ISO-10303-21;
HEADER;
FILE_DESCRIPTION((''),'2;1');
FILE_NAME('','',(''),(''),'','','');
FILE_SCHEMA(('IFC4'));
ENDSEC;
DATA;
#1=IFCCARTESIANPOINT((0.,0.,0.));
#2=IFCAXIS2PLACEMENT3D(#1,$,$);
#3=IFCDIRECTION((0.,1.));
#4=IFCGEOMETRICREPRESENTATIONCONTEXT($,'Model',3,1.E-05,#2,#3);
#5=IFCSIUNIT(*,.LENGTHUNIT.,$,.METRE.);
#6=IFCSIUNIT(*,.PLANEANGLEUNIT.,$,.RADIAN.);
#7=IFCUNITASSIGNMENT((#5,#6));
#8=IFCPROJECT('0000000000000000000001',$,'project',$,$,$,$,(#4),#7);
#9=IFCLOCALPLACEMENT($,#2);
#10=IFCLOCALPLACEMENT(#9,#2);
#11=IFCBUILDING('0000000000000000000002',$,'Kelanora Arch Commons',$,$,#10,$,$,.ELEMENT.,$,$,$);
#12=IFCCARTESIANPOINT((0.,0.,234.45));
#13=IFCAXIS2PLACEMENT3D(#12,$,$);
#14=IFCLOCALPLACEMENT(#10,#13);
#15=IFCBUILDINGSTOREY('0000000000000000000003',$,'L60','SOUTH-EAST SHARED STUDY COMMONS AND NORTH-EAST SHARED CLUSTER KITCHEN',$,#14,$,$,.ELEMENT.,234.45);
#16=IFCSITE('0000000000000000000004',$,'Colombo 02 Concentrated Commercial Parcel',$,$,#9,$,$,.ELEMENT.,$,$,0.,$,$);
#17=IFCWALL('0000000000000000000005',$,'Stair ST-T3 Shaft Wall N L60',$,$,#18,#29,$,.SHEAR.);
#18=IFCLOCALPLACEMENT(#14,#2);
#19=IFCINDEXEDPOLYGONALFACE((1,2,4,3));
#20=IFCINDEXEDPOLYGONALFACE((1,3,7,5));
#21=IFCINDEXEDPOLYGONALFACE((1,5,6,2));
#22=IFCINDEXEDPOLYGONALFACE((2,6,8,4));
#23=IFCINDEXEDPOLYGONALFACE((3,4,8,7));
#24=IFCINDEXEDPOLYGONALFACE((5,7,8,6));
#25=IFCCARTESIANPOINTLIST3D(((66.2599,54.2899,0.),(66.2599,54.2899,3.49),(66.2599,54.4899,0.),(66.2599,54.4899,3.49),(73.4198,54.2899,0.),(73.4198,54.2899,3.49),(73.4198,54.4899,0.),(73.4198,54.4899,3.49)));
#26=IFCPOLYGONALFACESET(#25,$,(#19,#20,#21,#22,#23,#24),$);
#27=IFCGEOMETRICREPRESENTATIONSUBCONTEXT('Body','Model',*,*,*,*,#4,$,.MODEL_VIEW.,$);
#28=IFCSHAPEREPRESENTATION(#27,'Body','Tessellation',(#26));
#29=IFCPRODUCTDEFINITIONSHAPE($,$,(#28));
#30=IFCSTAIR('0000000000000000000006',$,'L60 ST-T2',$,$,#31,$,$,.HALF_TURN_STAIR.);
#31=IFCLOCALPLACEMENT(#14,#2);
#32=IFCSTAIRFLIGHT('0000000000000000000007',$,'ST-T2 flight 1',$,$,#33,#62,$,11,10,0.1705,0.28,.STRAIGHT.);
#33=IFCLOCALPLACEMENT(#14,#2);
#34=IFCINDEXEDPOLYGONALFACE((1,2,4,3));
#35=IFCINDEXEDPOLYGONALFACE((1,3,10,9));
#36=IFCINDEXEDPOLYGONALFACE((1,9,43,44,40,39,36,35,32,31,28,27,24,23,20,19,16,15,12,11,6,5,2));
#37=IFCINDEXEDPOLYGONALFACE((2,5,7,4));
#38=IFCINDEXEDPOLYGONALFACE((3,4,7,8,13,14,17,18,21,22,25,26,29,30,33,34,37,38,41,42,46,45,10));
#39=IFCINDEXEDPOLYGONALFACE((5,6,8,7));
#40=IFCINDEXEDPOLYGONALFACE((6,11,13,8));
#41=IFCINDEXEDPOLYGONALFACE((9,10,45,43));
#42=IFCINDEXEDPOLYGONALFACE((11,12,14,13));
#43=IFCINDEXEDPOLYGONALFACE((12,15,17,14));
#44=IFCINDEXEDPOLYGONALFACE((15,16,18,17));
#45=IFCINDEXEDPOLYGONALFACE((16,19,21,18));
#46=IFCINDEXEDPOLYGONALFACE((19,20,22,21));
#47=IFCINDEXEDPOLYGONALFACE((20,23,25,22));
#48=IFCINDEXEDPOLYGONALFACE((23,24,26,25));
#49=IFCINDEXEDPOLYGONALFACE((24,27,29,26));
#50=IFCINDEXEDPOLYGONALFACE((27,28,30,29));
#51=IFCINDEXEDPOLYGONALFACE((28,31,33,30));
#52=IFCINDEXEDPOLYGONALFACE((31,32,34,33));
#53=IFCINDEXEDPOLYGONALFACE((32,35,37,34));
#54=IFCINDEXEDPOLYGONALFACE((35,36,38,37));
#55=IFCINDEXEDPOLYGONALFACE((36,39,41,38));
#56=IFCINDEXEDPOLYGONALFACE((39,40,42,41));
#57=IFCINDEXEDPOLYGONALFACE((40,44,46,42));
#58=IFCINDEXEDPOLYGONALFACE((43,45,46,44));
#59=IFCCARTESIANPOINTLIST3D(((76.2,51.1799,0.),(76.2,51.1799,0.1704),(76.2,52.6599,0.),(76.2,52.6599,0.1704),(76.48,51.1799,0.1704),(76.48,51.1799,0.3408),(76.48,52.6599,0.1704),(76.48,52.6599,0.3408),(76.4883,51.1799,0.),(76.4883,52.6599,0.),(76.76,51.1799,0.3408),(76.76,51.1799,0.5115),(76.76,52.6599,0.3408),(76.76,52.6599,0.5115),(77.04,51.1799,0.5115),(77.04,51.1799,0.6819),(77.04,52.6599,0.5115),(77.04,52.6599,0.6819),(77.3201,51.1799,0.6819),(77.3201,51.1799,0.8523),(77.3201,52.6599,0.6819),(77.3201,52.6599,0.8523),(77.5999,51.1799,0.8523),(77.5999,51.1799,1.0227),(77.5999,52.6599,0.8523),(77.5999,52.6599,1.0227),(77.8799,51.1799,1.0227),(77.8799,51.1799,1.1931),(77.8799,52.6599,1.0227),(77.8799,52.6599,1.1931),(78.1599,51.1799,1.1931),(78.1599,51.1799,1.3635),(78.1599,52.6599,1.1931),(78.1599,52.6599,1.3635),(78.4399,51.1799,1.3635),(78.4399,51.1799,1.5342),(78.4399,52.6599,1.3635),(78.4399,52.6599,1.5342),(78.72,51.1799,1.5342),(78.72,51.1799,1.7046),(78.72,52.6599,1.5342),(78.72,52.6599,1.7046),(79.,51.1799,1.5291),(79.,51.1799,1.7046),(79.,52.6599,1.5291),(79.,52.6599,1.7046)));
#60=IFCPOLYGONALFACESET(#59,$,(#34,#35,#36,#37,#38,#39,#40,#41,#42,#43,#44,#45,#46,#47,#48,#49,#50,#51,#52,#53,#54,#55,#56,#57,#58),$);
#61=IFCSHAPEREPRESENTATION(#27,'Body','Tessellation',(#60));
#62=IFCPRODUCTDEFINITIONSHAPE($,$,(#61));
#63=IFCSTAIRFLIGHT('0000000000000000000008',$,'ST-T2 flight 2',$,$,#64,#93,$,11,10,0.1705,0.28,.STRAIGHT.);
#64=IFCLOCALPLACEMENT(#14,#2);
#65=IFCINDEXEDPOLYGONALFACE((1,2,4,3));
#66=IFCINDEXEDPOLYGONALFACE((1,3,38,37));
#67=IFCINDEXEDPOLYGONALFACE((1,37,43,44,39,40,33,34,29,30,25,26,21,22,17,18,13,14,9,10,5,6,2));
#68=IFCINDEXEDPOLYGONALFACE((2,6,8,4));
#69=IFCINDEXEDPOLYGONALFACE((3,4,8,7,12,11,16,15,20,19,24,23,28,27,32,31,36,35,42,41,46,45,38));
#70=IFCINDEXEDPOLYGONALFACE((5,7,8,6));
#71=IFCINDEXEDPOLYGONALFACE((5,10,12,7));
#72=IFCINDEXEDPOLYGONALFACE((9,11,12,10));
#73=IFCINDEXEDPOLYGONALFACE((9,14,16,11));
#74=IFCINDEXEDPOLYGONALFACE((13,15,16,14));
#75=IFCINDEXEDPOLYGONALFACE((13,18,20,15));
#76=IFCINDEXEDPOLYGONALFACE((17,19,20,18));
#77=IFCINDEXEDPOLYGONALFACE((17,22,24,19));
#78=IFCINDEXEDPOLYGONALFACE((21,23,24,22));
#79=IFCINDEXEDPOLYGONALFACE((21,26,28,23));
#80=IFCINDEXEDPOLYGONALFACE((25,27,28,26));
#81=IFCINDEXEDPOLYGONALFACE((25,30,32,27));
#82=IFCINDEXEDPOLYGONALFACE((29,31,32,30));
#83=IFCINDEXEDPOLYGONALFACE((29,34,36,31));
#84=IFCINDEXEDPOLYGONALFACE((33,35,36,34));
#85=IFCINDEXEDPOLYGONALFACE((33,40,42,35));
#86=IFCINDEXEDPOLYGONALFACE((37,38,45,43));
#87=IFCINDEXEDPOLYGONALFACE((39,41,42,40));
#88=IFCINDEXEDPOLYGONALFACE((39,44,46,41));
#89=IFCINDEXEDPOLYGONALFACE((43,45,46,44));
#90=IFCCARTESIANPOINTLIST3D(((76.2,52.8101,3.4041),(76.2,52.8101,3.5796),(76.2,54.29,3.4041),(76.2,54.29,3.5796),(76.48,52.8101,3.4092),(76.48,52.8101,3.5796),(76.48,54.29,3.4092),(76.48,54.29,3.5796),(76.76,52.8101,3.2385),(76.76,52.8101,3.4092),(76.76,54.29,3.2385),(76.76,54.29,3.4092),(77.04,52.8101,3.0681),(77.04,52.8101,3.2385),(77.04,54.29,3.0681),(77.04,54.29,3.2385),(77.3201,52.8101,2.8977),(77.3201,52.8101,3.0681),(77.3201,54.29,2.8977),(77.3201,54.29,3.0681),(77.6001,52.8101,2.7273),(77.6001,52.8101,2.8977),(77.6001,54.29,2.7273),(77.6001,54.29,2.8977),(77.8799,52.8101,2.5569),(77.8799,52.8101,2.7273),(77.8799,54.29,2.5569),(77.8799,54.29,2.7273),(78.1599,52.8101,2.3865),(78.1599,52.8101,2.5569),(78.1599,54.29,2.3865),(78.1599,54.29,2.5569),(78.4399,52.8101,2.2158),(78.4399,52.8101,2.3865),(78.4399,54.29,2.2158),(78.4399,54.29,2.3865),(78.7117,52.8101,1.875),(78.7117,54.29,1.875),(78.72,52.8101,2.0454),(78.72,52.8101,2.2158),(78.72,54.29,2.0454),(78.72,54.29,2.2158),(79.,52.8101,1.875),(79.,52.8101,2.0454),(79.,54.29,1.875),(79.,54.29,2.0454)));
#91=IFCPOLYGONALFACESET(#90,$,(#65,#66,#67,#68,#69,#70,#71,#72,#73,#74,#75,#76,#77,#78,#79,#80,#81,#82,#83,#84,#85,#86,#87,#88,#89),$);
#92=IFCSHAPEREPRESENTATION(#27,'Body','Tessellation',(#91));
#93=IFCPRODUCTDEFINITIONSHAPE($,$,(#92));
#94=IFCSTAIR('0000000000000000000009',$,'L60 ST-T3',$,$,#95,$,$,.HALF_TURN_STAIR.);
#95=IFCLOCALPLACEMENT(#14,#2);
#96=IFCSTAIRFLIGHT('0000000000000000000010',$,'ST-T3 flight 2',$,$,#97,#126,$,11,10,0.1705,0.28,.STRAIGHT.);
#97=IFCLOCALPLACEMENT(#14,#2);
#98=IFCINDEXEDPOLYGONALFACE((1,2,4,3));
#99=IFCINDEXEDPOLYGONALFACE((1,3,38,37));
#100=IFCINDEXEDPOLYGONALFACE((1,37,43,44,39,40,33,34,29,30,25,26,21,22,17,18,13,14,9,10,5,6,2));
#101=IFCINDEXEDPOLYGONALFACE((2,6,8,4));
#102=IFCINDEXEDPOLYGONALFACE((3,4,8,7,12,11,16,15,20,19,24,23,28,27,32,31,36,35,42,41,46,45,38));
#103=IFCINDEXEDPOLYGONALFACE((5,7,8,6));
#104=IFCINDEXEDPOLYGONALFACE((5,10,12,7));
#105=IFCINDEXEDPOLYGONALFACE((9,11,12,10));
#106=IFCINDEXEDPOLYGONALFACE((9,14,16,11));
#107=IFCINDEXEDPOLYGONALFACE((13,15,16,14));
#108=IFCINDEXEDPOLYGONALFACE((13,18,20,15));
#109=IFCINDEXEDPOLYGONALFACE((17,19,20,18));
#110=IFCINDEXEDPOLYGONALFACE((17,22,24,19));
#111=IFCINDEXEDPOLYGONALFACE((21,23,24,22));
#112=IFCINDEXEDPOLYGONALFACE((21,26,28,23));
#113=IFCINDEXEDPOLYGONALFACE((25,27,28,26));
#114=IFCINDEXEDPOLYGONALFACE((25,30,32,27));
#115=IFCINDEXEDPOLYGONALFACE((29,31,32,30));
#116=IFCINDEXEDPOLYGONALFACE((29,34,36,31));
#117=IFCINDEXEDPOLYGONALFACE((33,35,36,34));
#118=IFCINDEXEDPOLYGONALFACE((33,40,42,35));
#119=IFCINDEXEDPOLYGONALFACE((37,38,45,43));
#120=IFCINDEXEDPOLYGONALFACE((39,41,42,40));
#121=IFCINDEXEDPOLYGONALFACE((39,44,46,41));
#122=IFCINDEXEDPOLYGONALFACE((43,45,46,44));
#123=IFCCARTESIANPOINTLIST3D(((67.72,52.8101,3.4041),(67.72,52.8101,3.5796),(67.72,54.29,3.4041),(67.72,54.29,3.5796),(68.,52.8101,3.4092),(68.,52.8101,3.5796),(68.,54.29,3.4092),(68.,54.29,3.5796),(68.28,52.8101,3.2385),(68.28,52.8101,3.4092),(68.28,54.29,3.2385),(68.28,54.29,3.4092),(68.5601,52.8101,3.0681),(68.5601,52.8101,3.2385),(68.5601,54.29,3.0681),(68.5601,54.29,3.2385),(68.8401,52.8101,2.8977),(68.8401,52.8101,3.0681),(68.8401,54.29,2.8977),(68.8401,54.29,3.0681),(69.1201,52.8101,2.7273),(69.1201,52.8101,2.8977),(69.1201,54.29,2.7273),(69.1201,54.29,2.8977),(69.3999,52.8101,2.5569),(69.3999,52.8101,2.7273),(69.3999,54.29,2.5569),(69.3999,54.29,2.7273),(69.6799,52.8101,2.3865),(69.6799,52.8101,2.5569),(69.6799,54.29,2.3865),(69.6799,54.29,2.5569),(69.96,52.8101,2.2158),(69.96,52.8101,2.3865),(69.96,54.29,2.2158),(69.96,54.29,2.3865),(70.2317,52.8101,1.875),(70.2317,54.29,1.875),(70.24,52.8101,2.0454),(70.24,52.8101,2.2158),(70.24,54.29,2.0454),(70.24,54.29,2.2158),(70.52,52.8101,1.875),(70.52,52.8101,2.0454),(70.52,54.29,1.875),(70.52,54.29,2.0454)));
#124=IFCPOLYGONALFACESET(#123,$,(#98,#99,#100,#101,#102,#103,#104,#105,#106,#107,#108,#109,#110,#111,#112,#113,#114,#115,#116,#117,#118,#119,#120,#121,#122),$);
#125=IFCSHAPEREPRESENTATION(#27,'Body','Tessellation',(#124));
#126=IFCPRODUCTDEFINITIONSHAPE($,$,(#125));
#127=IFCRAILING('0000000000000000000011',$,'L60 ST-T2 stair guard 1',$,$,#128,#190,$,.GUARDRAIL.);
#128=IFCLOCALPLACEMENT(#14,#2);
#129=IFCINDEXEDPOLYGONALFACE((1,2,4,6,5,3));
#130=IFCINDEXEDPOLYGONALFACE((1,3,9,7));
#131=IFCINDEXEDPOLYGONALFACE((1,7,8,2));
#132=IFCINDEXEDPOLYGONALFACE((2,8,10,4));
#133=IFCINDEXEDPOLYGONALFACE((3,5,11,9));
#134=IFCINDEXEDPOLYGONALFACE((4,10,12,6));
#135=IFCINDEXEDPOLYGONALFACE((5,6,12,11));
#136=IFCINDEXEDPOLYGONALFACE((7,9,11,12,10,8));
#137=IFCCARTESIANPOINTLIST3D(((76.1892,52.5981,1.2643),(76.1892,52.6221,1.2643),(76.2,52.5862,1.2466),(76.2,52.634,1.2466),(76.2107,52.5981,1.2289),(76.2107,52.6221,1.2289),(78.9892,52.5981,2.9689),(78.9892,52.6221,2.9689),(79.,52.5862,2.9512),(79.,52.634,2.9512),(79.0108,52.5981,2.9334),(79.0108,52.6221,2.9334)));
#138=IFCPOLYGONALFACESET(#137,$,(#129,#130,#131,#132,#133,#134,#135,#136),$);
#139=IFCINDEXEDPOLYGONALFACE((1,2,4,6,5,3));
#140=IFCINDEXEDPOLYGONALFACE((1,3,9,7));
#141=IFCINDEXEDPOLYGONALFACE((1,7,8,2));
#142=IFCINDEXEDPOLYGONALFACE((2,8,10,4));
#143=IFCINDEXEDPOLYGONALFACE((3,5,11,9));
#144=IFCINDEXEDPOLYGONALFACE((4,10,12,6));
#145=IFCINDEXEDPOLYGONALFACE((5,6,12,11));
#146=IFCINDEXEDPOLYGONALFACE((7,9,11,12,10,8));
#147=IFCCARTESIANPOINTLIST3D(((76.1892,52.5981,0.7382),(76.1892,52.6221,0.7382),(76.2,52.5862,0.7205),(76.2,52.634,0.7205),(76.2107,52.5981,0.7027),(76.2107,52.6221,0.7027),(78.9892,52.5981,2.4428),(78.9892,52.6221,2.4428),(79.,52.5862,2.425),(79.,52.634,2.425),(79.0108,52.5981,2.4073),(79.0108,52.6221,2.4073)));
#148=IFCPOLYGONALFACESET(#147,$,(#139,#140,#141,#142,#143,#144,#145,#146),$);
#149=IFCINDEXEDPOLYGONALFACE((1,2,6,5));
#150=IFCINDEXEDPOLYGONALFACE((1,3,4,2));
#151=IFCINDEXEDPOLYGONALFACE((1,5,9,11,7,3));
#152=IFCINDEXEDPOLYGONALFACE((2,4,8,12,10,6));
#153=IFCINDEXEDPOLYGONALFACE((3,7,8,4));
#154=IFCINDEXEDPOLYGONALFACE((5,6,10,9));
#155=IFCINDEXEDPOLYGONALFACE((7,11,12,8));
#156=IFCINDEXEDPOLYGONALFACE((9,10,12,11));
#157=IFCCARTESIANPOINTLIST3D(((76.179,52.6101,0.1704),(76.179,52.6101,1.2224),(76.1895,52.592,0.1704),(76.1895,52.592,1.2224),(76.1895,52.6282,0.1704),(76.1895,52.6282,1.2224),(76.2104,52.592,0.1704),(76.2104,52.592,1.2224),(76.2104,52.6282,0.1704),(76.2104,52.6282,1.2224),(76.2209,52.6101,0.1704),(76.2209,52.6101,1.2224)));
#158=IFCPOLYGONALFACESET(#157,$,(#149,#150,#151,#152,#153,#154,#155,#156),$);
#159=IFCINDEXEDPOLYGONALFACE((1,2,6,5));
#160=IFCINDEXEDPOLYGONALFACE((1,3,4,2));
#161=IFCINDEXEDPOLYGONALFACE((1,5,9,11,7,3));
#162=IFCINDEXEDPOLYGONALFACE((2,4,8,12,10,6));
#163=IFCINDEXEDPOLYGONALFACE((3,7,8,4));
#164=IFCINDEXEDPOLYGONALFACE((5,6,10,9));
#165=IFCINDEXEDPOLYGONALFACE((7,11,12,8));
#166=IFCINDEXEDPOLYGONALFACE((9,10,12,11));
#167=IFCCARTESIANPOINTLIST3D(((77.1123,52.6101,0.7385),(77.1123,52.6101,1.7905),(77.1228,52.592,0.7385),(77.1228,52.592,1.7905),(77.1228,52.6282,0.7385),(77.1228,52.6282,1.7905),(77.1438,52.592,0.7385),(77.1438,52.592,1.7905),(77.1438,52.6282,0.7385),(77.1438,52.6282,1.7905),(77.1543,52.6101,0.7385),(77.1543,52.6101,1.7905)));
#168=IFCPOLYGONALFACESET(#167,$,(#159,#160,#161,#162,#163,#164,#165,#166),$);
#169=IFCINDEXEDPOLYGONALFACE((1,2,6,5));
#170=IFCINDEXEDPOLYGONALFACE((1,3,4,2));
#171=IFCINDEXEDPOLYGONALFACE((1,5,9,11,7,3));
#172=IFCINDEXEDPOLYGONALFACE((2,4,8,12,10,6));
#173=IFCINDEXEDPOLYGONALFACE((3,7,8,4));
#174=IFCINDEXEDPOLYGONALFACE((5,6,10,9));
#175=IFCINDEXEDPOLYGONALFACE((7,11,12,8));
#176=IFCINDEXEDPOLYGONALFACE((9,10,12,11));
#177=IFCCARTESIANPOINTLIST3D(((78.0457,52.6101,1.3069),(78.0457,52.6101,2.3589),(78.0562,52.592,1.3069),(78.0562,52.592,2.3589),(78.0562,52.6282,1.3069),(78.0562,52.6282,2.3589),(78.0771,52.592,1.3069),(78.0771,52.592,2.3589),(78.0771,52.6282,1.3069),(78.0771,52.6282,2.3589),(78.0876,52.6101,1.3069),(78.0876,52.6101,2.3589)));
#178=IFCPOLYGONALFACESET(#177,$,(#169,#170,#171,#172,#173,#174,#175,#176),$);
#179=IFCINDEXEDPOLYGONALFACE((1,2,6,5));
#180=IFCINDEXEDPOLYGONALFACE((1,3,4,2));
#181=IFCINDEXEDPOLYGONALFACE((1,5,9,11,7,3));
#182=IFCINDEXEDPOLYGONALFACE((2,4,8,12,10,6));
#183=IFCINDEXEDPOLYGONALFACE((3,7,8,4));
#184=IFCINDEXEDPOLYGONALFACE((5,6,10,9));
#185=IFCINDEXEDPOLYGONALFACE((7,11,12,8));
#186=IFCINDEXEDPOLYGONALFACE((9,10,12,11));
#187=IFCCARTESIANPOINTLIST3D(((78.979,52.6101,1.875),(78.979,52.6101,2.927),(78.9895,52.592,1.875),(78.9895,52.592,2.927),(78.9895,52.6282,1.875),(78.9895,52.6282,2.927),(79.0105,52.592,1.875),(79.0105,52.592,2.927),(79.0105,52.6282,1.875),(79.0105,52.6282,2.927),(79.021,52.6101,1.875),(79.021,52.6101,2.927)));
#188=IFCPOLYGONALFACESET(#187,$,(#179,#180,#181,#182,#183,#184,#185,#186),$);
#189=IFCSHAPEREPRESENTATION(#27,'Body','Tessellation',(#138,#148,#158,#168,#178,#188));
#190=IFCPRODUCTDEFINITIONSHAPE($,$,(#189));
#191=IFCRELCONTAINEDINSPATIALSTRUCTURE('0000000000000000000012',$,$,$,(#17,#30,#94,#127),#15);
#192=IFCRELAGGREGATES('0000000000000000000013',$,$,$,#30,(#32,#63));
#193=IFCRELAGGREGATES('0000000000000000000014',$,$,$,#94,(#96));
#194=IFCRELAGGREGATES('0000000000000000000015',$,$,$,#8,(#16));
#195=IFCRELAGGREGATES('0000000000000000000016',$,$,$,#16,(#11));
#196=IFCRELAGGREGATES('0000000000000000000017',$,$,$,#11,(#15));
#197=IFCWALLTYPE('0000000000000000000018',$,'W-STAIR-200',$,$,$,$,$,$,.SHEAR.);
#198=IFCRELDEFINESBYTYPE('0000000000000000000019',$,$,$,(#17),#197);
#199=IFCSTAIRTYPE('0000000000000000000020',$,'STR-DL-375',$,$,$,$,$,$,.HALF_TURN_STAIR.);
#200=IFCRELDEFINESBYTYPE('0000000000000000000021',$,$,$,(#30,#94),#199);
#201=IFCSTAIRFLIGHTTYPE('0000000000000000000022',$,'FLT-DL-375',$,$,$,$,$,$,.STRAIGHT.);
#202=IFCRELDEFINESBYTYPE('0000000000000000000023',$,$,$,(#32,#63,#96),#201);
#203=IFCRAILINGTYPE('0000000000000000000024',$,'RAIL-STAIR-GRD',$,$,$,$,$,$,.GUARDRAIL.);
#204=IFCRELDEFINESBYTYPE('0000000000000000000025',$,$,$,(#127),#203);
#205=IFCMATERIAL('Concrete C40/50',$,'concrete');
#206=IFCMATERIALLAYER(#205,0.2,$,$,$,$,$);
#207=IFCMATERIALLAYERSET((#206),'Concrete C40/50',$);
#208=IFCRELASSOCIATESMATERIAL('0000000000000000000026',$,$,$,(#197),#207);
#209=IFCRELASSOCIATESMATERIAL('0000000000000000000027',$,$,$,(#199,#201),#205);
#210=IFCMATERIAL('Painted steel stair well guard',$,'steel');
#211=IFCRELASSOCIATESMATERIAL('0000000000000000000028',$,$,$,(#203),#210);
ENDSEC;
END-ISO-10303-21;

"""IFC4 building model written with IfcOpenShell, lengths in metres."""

from ifc_helpers import new_model, si_unit, direction, frame, frame_2d, origin, place, context, subcontext, project, spatial, polyline, rectangle, outline, extrude, material, layer, layer_set, type_object, element, aggregate, save


model = new_model("IFC4")

# Units and contexts
model_context = context("Model", 3, precision=1e-05, world=origin(), true_north=direction((0.0, 1.0)))
body_context = subcontext(model_context, "Body", "Model", "MODEL_VIEW")
ifc_project = project(units=[si_unit("LENGTHUNIT", "METRE"), si_unit("PLANEANGLEUNIT", "RADIAN")], contexts=[model_context])

# Site, building, storey
site_placement = place(None, origin())
site = spatial("IfcSite", under=ifc_project, at=site_placement, Name="Colombo 02 Concentrated Commercial Parcel", CompositionType="ELEMENT", RefElevation=0.0)
building_placement = place(site_placement, origin())
building = spatial("IfcBuilding", under=site, at=building_placement, Name="Kelanora Arch Commons", CompositionType="ELEMENT")
storey_placement = place(building_placement, frame((0.0, 0.0, 234.45)))
storey = spatial("IfcBuildingStorey", under=building, at=storey_placement, Name="L60", Description="SOUTH-EAST SHARED STUDY COMMONS AND NORTH-EAST SHARED CLUSTER KITCHEN", CompositionType="ELEMENT", Elevation=234.45)

# Shared definitions
ifc_material_1 = material(Name="Concrete C40/50", Category="concrete")
ifc_layer_1 = layer(ifc_material_1, 0.2)
ifc_layer_set_1 = layer_set([ifc_layer_1], Name="Concrete C40/50")
wall_type_1 = type_object("IfcWallType", Name="W-STAIR-200", PredefinedType="SHEAR", material=ifc_layer_set_1)

# Wall
wall_1_placement = place(storey_placement, frame((73.4199, 54.3899, 0.0), z_axis=(0.0, 0.0, 1.0), x_axis=(-1.0, 0.0, 0.0)))
element("IfcWall", 1, at=wall_1_placement, inside=storey, type_object=wall_type_1, Name="Stair ST-T3 Shaft Wall N L60", PredefinedType="SHEAR", context=body_context, shape_type="SweptSolid", body=[
    extrude(rectangle(XDim=7.1599, YDim=0.2, at=frame_2d((3.5801, 0.0))), origin(), (0.0, 0.0, 1.0), 3.49),
])

# Stair, stair flights
stair_type = type_object("IfcStairType", Name="STR-DL-375", PredefinedType="HALF_TURN_STAIR", material=ifc_material_1)
stair_1_placement = place(storey_placement, origin())
stair_1 = element("IfcStair", 2, at=stair_1_placement, inside=storey, type_object=stair_type, Name="L60 ST-T2", PredefinedType="HALF_TURN_STAIR")
stair_flight_type = type_object("IfcStairFlightType", Name="FLT-DL-375", PredefinedType="STRAIGHT", material=ifc_material_1)
stair_flight_1_placement = place(storey_placement, frame((76.2, 51.9199, 0.0), z_axis=(0.0, 0.0, 1.0), x_axis=(1.0, 0.0, 0.0)))
stair_flight_1 = element("IfcStairFlight", 3, at=stair_flight_1_placement, type_object=stair_flight_type, Name="ST-T2 flight 1", NumberOfRisers=11, NumberOfTreads=10, PredefinedType="STRAIGHT", RiserHeight=0.1705, TreadLength=0.28, context=body_context, shape_type="SweptSolid", body=[
    extrude(outline(polyline([(0.0, 0.0), (0.0, 0.1704), (0.28, 0.1704), (0.28, 0.3408), (0.5601, 0.3408), (0.5601, 0.5115), (0.8401, 0.5115), (0.8401, 0.6819), (1.1201, 0.6819), (1.1201, 0.8523), (1.3999, 0.8523), (1.3999, 1.0227), (1.6799, 1.0227), (1.6799, 1.1931), (1.96, 1.1931), (1.96, 1.3635), (2.24, 1.3635), (2.24, 1.5342), (2.52, 1.5342), (2.52, 1.7046), (2.8, 1.7046), (2.8, 1.875), (2.8, 1.5291), (0.2883, 0.0), (0.0, 0.0)])), frame((0.0, 0.74, 0.0), z_axis=(0.0, -1.0, 0.0), x_axis=(1.0, 0.0, 0.0)), (0.0, 0.0, 1.0), 1.48),
])
stair_flight_2_placement = place(storey_placement, frame((79.0, 53.55, 1.875), z_axis=(0.0, 0.0, 1.0), x_axis=(-1.0, 0.0, 0.0)))
stair_flight_2 = element("IfcStairFlight", 4, at=stair_flight_2_placement, type_object=stair_flight_type, Name="ST-T2 flight 2", NumberOfRisers=11, NumberOfTreads=10, PredefinedType="STRAIGHT", RiserHeight=0.1705, TreadLength=0.28, context=body_context, shape_type="SweptSolid", body=[
    extrude(outline(polyline([(0.0, 0.0), (0.0, 0.1704), (0.28, 0.1704), (0.28, 0.3408), (0.5601, 0.3408), (0.5601, 0.5115), (0.8401, 0.5115), (0.8401, 0.6819), (1.1201, 0.6819), (1.1201, 0.8523), (1.3999, 0.8523), (1.3999, 1.0227), (1.6799, 1.0227), (1.6799, 1.1931), (1.96, 1.1931), (1.96, 1.3635), (2.24, 1.3635), (2.24, 1.5342), (2.52, 1.5342), (2.52, 1.7046), (2.8, 1.7046), (2.8, 1.875), (2.8, 1.5291), (0.2883, 0.0), (0.0, 0.0)])), frame((0.0, 0.74, 0.0), z_axis=(0.0, -1.0, 0.0), x_axis=(1.0, 0.0, 0.0)), (0.0, 0.0, 1.0), 1.48),
])
aggregate(stair_1, [stair_flight_1, stair_flight_2])

# Stair, stair flight
stair_2_placement = place(storey_placement, origin())
stair_2 = element("IfcStair", 5, at=stair_2_placement, inside=storey, type_object=stair_type, Name="L60 ST-T3", PredefinedType="HALF_TURN_STAIR")
stair_flight_3_placement = place(storey_placement, frame((70.52, 53.55, 1.875), z_axis=(0.0, 0.0, 1.0), x_axis=(-1.0, 0.0, 0.0)))
stair_flight_3 = element("IfcStairFlight", 6, at=stair_flight_3_placement, type_object=stair_flight_type, Name="ST-T3 flight 2", NumberOfRisers=11, NumberOfTreads=10, PredefinedType="STRAIGHT", RiserHeight=0.1705, TreadLength=0.28, context=body_context, shape_type="SweptSolid", body=[
    extrude(outline(polyline([(0.0, 0.0), (0.0, 0.1704), (0.28, 0.1704), (0.28, 0.3408), (0.5601, 0.3408), (0.5601, 0.5115), (0.8401, 0.5115), (0.8401, 0.6819), (1.1201, 0.6819), (1.1201, 0.8523), (1.3999, 0.8523), (1.3999, 1.0227), (1.6799, 1.0227), (1.6799, 1.1931), (1.96, 1.1931), (1.96, 1.3635), (2.24, 1.3635), (2.24, 1.5342), (2.52, 1.5342), (2.52, 1.7046), (2.8, 1.7046), (2.8, 1.875), (2.8, 1.5291), (0.2883, 0.0), (0.0, 0.0)])), frame((0.0, 0.74, 0.0), z_axis=(0.0, -1.0, 0.0), x_axis=(1.0, 0.0, 0.0)), (0.0, 0.0, 1.0), 1.48),
])
aggregate(stair_2, [stair_flight_3])

# Railing
ifc_material_2 = material(Name="Painted steel stair well guard", Category="steel")
railing_type_1 = type_object("IfcRailingType", Name="RAIL-STAIR-GRD", PredefinedType="GUARDRAIL", material=ifc_material_2)
railing_1_placement = place(storey_placement, frame((76.2, 52.6101, 0.1704)))
element("IfcRailing", 7, at=railing_1_placement, inside=storey, type_object=railing_type_1, Name="L60 ST-T2 stair guard 1", PredefinedType="GUARDRAIL", context=body_context, shape_type="SweptSolid", body=[
    extrude(outline(polyline([(0.0239, 0.0), (0.012, 0.0208), (-0.012, 0.0208), (-0.0239, 0.0), (-0.012, -0.0208), (0.012, -0.0208), (0.0239, 0.0)])), frame((0.0, 0.0, 1.0762), z_axis=(0.85417, 0.0, 0.519994), x_axis=(0.0, 1.0, 0.0)), (0.0, 0.0, 1.0), 3.2781),
    extrude(outline(polyline([(0.0239, 0.0), (0.012, 0.0208), (-0.012, 0.0208), (-0.0239, 0.0), (-0.012, -0.0208), (0.012, -0.0208), (0.0239, 0.0)])), frame((0.0, 0.0, 0.55), z_axis=(0.85417, 0.0, 0.519994), x_axis=(0.0, 1.0, 0.0)), (0.0, 0.0, 1.0), 3.2781),
    extrude(outline(polyline([(0.021, 0.0), (0.0105, 0.0181), (-0.0105, 0.0181), (-0.021, 0.0), (-0.0105, -0.0181), (0.0105, -0.0181), (0.021, 0.0)])), origin(), (0.0, 0.0, 1.0), 1.052),
    extrude(outline(polyline([(0.021, 0.0), (0.0105, 0.0181), (-0.0105, 0.0181), (-0.021, 0.0), (-0.0105, -0.0181), (0.0105, -0.0181), (0.021, 0.0)])), frame((0.9333, 0.0, 0.5681)), (0.0, 0.0, 1.0), 1.052),
    extrude(outline(polyline([(0.021, 0.0), (0.0105, 0.0181), (-0.0105, 0.0181), (-0.021, 0.0), (-0.0105, -0.0181), (0.0105, -0.0181), (0.021, 0.0)])), frame((1.8667, 0.0, 1.1365)), (0.0, 0.0, 1.0), 1.052),
    extrude(outline(polyline([(0.021, 0.0), (0.0105, 0.0181), (-0.0105, 0.0181), (-0.021, 0.0), (-0.0105, -0.0181), (0.0105, -0.0181), (0.021, 0.0)])), frame((2.8, 0.0, 1.7046)), (0.0, 0.0, 1.0), 1.052),
])

save(model, "model.ifc")
